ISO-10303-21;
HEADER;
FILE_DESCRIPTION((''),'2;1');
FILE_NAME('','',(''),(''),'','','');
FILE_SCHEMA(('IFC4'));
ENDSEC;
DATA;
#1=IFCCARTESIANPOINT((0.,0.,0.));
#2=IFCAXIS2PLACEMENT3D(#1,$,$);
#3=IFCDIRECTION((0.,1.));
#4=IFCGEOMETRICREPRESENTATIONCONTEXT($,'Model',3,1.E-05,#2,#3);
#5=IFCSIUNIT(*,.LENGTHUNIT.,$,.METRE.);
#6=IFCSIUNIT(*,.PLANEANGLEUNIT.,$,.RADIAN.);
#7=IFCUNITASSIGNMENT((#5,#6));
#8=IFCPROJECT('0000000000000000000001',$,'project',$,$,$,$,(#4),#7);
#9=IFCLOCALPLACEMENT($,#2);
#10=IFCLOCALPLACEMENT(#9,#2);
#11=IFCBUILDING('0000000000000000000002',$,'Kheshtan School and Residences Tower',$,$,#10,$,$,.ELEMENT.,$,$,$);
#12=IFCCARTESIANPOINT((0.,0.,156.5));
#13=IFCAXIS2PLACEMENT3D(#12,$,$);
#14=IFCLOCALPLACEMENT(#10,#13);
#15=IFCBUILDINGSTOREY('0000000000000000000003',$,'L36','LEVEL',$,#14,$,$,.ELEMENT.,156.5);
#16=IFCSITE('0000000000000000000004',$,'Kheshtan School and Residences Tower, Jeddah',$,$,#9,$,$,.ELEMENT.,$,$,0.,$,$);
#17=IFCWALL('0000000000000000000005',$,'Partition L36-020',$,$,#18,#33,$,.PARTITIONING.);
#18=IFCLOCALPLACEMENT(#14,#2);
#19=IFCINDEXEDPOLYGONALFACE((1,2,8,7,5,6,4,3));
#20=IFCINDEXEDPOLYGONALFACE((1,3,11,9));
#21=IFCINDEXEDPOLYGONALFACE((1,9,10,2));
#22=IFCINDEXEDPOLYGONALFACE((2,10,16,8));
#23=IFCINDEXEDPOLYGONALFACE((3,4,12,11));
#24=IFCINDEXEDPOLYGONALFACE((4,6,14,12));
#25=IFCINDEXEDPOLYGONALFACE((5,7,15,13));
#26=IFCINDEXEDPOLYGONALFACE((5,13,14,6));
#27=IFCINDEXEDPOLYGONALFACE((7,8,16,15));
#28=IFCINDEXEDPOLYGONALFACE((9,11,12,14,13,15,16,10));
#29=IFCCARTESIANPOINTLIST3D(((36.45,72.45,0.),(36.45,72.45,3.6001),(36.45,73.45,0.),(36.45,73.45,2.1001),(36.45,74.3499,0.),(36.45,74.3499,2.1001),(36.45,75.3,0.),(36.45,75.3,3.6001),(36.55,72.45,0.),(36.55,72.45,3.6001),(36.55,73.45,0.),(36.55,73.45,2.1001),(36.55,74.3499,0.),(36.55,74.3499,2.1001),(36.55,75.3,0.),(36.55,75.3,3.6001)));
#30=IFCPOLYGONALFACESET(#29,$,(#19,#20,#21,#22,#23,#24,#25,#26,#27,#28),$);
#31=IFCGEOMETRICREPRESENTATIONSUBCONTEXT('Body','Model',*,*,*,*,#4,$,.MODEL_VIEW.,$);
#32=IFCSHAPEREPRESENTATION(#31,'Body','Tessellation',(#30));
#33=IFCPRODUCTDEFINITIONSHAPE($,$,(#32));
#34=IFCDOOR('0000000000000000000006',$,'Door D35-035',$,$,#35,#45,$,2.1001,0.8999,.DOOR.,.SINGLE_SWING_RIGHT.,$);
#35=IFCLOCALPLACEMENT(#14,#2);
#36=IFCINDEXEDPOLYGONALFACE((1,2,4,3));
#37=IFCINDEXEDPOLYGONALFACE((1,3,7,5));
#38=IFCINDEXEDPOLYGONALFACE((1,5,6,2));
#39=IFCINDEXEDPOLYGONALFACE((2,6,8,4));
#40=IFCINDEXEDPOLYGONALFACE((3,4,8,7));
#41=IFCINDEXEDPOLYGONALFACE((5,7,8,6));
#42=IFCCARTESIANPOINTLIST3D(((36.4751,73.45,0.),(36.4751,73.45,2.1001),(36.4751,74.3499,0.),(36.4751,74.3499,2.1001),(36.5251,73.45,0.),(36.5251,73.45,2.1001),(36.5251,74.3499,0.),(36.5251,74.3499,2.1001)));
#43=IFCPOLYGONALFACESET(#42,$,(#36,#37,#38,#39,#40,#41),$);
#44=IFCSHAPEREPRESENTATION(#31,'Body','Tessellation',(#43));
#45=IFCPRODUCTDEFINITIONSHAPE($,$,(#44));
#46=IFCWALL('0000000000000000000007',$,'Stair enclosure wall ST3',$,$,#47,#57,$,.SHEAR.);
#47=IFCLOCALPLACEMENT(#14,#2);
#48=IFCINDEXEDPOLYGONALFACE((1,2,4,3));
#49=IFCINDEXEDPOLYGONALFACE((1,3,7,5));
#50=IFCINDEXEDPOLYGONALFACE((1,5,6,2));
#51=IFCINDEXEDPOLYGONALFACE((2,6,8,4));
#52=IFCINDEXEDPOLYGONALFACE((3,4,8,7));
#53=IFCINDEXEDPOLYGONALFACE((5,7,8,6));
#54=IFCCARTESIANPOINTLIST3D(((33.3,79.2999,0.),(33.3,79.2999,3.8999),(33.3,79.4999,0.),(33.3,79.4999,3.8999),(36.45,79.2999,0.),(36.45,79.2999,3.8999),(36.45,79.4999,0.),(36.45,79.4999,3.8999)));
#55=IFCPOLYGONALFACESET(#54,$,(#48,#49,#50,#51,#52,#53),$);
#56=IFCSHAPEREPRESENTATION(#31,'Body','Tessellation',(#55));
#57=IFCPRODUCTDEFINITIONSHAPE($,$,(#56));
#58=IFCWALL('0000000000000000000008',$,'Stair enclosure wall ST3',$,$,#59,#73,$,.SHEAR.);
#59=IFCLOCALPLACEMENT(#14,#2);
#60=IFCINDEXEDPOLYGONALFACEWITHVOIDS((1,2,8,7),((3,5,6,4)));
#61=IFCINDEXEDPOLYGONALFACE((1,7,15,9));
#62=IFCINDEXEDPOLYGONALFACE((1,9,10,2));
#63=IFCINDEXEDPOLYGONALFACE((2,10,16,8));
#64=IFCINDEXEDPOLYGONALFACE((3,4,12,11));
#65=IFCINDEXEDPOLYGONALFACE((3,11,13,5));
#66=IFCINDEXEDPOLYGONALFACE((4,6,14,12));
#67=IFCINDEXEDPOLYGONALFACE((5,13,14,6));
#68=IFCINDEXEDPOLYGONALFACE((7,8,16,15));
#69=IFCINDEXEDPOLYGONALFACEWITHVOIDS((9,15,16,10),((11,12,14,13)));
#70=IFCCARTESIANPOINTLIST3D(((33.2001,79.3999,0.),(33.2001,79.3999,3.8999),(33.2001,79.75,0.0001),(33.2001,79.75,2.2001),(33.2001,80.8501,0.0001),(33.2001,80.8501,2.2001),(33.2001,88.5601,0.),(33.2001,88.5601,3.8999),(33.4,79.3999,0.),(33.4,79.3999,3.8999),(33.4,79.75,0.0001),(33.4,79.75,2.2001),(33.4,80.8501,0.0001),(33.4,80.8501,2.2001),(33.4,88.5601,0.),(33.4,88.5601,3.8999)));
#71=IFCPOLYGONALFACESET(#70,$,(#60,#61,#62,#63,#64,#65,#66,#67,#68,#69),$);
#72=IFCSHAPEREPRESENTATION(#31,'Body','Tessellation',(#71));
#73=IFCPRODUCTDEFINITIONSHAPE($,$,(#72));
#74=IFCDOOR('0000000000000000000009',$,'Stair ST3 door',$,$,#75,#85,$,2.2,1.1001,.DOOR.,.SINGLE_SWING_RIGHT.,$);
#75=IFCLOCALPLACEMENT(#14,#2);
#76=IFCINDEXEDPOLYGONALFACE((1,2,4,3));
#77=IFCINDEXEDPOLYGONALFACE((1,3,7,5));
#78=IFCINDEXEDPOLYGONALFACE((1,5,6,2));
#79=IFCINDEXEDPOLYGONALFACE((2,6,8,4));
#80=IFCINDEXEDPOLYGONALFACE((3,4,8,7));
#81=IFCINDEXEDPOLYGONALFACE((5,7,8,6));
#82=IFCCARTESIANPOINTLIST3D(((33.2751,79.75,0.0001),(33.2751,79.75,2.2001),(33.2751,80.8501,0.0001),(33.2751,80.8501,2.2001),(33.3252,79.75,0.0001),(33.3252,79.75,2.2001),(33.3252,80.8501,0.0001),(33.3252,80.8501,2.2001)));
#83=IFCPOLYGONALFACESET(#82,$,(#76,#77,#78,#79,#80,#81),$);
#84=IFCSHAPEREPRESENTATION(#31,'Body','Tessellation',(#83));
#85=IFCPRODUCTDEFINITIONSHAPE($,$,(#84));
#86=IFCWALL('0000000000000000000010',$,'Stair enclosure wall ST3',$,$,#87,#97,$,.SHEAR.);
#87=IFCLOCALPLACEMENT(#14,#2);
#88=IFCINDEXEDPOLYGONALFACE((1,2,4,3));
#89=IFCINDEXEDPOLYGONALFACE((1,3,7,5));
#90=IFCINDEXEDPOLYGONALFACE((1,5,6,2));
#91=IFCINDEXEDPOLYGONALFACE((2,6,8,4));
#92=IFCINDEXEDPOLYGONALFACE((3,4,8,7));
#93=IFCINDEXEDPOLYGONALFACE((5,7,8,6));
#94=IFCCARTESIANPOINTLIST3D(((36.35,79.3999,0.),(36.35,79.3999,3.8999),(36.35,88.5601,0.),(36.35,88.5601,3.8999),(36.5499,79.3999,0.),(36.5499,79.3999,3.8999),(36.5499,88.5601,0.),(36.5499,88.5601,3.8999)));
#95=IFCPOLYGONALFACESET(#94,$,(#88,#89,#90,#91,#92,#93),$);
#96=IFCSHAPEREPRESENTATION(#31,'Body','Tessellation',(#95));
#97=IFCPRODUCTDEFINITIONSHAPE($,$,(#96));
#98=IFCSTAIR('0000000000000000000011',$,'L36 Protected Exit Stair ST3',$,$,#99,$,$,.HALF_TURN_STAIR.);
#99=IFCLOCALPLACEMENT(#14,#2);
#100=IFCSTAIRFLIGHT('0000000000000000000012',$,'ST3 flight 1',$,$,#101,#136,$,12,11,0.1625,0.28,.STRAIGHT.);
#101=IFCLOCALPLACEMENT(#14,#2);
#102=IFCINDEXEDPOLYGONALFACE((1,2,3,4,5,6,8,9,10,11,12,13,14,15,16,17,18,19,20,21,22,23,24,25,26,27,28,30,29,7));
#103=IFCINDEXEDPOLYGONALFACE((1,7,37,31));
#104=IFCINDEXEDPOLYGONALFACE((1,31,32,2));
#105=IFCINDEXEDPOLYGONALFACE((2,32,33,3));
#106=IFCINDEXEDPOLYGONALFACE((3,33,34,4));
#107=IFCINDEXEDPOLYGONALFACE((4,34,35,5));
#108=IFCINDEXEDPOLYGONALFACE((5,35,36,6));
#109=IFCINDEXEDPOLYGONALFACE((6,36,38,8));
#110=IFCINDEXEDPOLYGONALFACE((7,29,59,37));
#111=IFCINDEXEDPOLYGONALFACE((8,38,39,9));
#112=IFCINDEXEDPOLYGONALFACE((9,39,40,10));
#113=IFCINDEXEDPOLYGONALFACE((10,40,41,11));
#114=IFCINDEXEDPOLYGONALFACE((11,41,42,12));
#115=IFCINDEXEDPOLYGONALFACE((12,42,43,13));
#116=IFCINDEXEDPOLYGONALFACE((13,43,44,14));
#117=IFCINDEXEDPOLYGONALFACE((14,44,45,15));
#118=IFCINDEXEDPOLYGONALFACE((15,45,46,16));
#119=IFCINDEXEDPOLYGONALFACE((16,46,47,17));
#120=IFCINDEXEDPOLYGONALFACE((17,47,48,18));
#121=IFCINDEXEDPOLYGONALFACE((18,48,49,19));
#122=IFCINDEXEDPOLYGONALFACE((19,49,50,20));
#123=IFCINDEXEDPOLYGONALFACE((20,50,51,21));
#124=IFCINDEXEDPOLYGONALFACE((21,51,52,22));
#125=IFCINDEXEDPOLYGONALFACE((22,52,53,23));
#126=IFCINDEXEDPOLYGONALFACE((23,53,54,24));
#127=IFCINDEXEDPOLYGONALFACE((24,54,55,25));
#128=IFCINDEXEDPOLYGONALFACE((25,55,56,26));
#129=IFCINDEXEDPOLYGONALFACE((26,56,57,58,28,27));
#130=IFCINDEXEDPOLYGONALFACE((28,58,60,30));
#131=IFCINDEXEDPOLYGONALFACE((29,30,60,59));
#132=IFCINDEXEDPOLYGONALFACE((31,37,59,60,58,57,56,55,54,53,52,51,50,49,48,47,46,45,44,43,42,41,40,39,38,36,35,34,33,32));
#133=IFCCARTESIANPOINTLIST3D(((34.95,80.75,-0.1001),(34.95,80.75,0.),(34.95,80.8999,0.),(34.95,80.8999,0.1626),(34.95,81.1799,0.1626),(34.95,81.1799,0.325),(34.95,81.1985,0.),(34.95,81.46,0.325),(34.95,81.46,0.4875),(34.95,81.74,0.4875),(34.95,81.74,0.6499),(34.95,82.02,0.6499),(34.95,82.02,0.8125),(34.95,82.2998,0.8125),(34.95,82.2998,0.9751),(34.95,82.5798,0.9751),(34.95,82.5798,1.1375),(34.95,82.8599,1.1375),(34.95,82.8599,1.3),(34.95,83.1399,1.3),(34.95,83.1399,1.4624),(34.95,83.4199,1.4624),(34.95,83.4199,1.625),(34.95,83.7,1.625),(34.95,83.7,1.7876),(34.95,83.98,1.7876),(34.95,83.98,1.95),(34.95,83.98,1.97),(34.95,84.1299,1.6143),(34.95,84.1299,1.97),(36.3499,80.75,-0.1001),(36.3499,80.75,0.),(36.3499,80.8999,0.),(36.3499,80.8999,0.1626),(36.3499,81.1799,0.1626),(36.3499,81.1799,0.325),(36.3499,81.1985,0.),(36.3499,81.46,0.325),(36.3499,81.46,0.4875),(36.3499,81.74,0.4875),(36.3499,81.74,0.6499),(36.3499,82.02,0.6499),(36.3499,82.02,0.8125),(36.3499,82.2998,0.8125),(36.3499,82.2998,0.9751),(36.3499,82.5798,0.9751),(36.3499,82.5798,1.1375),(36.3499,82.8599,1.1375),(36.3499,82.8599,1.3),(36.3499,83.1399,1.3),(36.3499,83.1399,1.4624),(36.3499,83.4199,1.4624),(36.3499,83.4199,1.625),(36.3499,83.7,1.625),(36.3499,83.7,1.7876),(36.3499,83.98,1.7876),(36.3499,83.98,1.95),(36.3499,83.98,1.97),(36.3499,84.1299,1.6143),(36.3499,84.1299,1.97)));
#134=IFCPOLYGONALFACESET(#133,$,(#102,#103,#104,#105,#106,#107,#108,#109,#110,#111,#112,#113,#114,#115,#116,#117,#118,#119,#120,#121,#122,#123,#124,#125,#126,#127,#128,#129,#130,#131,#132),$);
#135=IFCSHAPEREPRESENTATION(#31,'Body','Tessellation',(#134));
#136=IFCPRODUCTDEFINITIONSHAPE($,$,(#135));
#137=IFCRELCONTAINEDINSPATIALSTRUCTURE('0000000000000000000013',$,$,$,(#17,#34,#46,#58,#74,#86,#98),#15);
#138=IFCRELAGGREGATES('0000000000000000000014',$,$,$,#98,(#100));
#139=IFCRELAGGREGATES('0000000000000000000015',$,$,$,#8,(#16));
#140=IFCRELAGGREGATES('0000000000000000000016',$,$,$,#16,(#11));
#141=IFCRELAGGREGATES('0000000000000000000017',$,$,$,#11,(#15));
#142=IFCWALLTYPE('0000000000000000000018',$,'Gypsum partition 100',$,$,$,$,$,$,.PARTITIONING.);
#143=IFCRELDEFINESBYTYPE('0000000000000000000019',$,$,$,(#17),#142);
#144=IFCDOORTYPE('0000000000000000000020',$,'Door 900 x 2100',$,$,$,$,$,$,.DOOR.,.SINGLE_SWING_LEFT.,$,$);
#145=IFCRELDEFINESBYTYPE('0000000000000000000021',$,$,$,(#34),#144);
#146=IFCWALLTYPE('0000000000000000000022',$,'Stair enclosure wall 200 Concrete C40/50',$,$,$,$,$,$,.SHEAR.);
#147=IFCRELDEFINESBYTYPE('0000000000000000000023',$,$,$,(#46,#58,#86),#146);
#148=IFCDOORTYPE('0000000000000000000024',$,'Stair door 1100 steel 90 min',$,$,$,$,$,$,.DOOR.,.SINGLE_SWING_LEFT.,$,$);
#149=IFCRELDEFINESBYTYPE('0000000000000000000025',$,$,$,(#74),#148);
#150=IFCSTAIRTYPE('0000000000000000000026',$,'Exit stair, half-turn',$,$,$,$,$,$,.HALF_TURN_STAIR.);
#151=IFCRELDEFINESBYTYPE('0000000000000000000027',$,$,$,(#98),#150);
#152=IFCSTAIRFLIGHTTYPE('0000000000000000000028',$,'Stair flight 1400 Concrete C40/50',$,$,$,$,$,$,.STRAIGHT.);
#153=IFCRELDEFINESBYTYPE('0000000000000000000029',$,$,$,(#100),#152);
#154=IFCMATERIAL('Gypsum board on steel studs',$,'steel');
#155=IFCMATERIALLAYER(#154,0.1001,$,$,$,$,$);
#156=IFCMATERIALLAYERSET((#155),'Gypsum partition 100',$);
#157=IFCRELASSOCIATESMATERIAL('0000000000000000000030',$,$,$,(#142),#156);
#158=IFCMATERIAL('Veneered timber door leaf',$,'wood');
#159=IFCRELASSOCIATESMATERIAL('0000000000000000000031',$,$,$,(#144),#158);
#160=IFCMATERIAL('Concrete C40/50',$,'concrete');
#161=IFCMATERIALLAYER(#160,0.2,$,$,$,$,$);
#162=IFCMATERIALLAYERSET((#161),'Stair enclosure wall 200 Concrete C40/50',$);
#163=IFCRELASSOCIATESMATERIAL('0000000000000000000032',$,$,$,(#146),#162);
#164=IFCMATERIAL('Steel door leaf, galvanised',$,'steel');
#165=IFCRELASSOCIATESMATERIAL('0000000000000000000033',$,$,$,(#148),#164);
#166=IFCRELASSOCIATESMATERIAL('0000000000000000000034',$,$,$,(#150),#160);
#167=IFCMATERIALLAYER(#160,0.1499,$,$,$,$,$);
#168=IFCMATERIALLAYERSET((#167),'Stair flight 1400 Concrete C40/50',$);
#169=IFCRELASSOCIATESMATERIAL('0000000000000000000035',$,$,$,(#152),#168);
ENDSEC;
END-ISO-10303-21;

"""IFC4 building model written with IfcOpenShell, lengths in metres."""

from ifc_helpers import new_model, si_unit, direction, frame, frame_2d, origin, place, context, subcontext, project, spatial, polyline, rectangle, outline, extrude, source, transform, mapped, material, layer, layer_set, type_object, element, fill, aggregate, save


model = new_model("IFC4")

# Units and contexts
model_context = context("Model", 3, precision=1e-05, world=origin(), true_north=direction((0.0, 1.0)))
body_context = subcontext(model_context, "Body", "Model", "MODEL_VIEW")
ifc_project = project(units=[si_unit("LENGTHUNIT", "METRE"), si_unit("PLANEANGLEUNIT", "RADIAN")], contexts=[model_context])

# Site, building, storey
site_placement = place(None, origin())
site = spatial("IfcSite", under=ifc_project, at=site_placement, Name="Kheshtan School and Residences Tower, Jeddah", CompositionType="ELEMENT", RefElevation=0.0)
building_placement = place(site_placement, origin())
building = spatial("IfcBuilding", under=site, at=building_placement, Name="Kheshtan School and Residences Tower", CompositionType="ELEMENT")
storey_placement = place(building_placement, frame((0.0, 0.0, 156.5)))
storey = spatial("IfcBuildingStorey", under=building, at=storey_placement, Name="L36", Description="LEVEL", CompositionType="ELEMENT", Elevation=156.5)

# Wall, opening, door
ifc_material_1 = material(Name="Gypsum board on steel studs", Category="steel")
ifc_layer_1 = layer(ifc_material_1, 0.1001)
ifc_layer_set_1 = layer_set([ifc_layer_1], Name="Gypsum partition 100")
wall_type_1 = type_object("IfcWallType", Name="Gypsum partition 100", PredefinedType="PARTITIONING", material=ifc_layer_set_1)
wall_1_placement = place(storey_placement, frame((36.5, 72.45, 0.0), z_axis=(0.0, 0.0, 1.0), x_axis=(0.0, 1.0, 0.0)))
wall_1 = element("IfcWall", 1, at=wall_1_placement, inside=storey, type_object=wall_type_1, Name="Partition L36-020", PredefinedType="PARTITIONING", context=body_context, shape_type="SweptSolid", body=[
    extrude(rectangle(XDim=2.8501, YDim=0.1001, at=frame_2d((1.425, 0.0))), origin(), (0.0, 0.0, 1.0), 3.6001),
])
opening_1_placement = place(wall_1_placement, frame((1.0, 0.0, 0.0)))
opening_1 = element("IfcOpeningElement", 2, at=opening_1_placement, cuts=wall_1, PredefinedType="OPENING", context=body_context, shape_type="SweptSolid", body=[
    extrude(rectangle(XDim=0.8999, YDim=2.1001, at=frame_2d((0.45, 1.05))), frame((0.0, 0.0601, 0.0), z_axis=(0.0, -1.0, 0.0), x_axis=(1.0, 0.0, 0.0)), (0.0, 0.0, 1.0), 0.1201),
])
ifc_material_2 = material(Name="Veneered timber door leaf", Category="wood")
door_type_1 = type_object("IfcDoorType", Name="Door 900 x 2100", OperationType="SINGLE_SWING_LEFT", PredefinedType="DOOR", material=ifc_material_2)
shared_shape_1 = source(origin(), body_context, "Body", "SweptSolid", [
    extrude(rectangle(XDim=0.8999, YDim=2.1001, at=frame_2d((0.45, 1.05))), frame((0.0, 0.0249, 0.0), z_axis=(0.0, -1.0, 0.0), x_axis=(1.0, 0.0, 0.0)), (0.0, 0.0, 1.0), 0.05),
])
door_1_placement = place(opening_1_placement, origin())
door_1 = element("IfcDoor", 3, at=door_1_placement, inside=storey, type_object=door_type_1, Name="Door D35-035", OperationType="SINGLE_SWING_RIGHT", OverallHeight=2.1001, OverallWidth=0.8999, PredefinedType="DOOR", context=body_context, shape_type="MappedRepresentation", body=[
    mapped(shared_shape_1, transform((0.0, 0.0, 0.0), x_axis=(1.0, 0.0, 0.0), y_axis=(0.0, 1.0, 0.0), z_axis=(0.0, 0.0, 1.0), scale=1.0)),
])
fill(opening_1, door_1)

# Wall
ifc_material_3 = material(Name="Concrete C40/50", Category="concrete")
ifc_layer_2 = layer(ifc_material_3, 0.2)
ifc_layer_set_2 = layer_set([ifc_layer_2], Name="Stair enclosure wall 200 Concrete C40/50")
wall_type_2 = type_object("IfcWallType", Name="Stair enclosure wall 200 Concrete C40/50", PredefinedType="SHEAR", material=ifc_layer_set_2)
wall_2_placement = place(storey_placement, frame((33.3, 79.3999, 0.0), z_axis=(0.0, 0.0, 1.0), x_axis=(1.0, 0.0, 0.0)))
element("IfcWall", 4, at=wall_2_placement, inside=storey, type_object=wall_type_2, Name="Stair enclosure wall ST3", PredefinedType="SHEAR", context=body_context, shape_type="SweptSolid", body=[
    extrude(rectangle(XDim=3.1499, YDim=0.2, at=frame_2d((1.575, 0.0))), origin(), (0.0, 0.0, 1.0), 3.8999),
])

# Wall, opening, door
wall_3_placement = place(storey_placement, frame((33.3, 79.3999, 0.0), z_axis=(0.0, 0.0, 1.0), x_axis=(0.0, 1.0, 0.0)))
wall_3 = element("IfcWall", 5, at=wall_3_placement, inside=storey, type_object=wall_type_2, Name="Stair enclosure wall ST3", PredefinedType="SHEAR", context=body_context, shape_type="SweptSolid", body=[
    extrude(rectangle(XDim=9.1602, YDim=0.2, at=frame_2d((4.5801, 0.0))), origin(), (0.0, 0.0, 1.0), 3.8999),
])
opening_2_placement = place(wall_3_placement, frame((0.3501, 0.0, 0.0)))
opening_2 = element("IfcOpeningElement", 6, at=opening_2_placement, cuts=wall_3, PredefinedType="OPENING", context=body_context, shape_type="SweptSolid", body=[
    extrude(rectangle(XDim=1.1001, YDim=2.2, at=frame_2d((0.55, 1.1001))), frame((0.0, 0.1099, 0.0), z_axis=(0.0, -1.0, 0.0), x_axis=(1.0, 0.0, 0.0)), (0.0, 0.0, 1.0), 0.22),
])
ifc_material_4 = material(Name="Steel door leaf, galvanised", Category="steel")
door_type_2 = type_object("IfcDoorType", Name="Stair door 1100 steel 90 min", OperationType="SINGLE_SWING_LEFT", PredefinedType="DOOR", material=ifc_material_4)
shared_shape_2 = source(origin(), body_context, "Body", "SweptSolid", [
    extrude(rectangle(XDim=1.1001, YDim=2.2, at=frame_2d((0.55, 1.1001))), frame((0.0, 0.0249, 0.0), z_axis=(0.0, -1.0, 0.0), x_axis=(1.0, 0.0, 0.0)), (0.0, 0.0, 1.0), 0.05),
])
door_2_placement = place(opening_2_placement, origin())
door_2 = element("IfcDoor", 7, at=door_2_placement, inside=storey, type_object=door_type_2, Name="Stair ST3 door", OperationType="SINGLE_SWING_RIGHT", OverallHeight=2.2, OverallWidth=1.1001, PredefinedType="DOOR", context=body_context, shape_type="MappedRepresentation", body=[
    mapped(shared_shape_2, transform((0.0, 0.0, 0.0), x_axis=(1.0, 0.0, 0.0), y_axis=(0.0, 1.0, 0.0), z_axis=(0.0, 0.0, 1.0), scale=1.0)),
])
fill(opening_2, door_2)

# Wall
wall_4_placement = place(storey_placement, frame((36.45, 79.3999, 0.0), z_axis=(0.0, 0.0, 1.0), x_axis=(0.0, 1.0, 0.0)))
element("IfcWall", 8, at=wall_4_placement, inside=storey, type_object=wall_type_2, Name="Stair enclosure wall ST3", PredefinedType="SHEAR", context=body_context, shape_type="SweptSolid", body=[
    extrude(rectangle(XDim=9.1602, YDim=0.2, at=frame_2d((4.5801, 0.0))), origin(), (0.0, 0.0, 1.0), 3.8999),
])

# Stair, stair flight
stair_type = type_object("IfcStairType", Name="Exit stair, half-turn", PredefinedType="HALF_TURN_STAIR", material=ifc_material_3)
stair_placement = place(storey_placement, origin())
stair = element("IfcStair", 9, at=stair_placement, inside=storey, type_object=stair_type, Name="L36 Protected Exit Stair ST3", PredefinedType="HALF_TURN_STAIR")
ifc_layer_3 = layer(ifc_material_3, 0.1499)
ifc_layer_set_3 = layer_set([ifc_layer_3], Name="Stair flight 1400 Concrete C40/50")
stair_flight_type = type_object("IfcStairFlightType", Name="Stair flight 1400 Concrete C40/50", PredefinedType="STRAIGHT", material=ifc_layer_set_3)
stair_flight_1_placement = place(storey_placement, frame((35.6499, 80.8999, 0.0), z_axis=(0.0, 0.0, 1.0), x_axis=(0.0, 1.0, 0.0)))
stair_flight_1 = element("IfcStairFlight", 10, at=stair_flight_1_placement, type_object=stair_flight_type, Name="ST3 flight 1", NumberOfRisers=12, NumberOfTreads=11, PredefinedType="STRAIGHT", RiserHeight=0.1625, TreadLength=0.28, context=body_context, shape_type="SweptSolid", body=[
    extrude(outline(polyline([(-0.1499, -0.1001), (-0.1499, 0.0), (0.0, 0.0), (0.0, 0.1626), (0.28, 0.1626), (0.28, 0.325), (0.5601, 0.325), (0.5601, 0.4875), (0.8401, 0.4875), (0.8401, 0.6499), (1.1201, 0.6499), (1.1201, 0.8125), (1.3999, 0.8125), (1.3999, 0.9751), (1.6799, 0.9751), (1.6799, 1.1375), (1.96, 1.1375), (1.96, 1.3), (2.24, 1.3), (2.24, 1.4624), (2.52, 1.4624), (2.52, 1.625), (2.8, 1.625), (2.8, 1.7876), (3.0801, 1.7876), (3.0801, 1.95), (3.0801, 1.97), (3.23, 1.97), (3.23, 1.6143), (0.2986, 0.0), (-0.1499, -0.1001)])), frame((0.0, 0.7, 0.0), z_axis=(0.0, -1.0, 0.0), x_axis=(1.0, 0.0, 0.0)), (0.0, 0.0, 1.0), 1.3999),
])
aggregate(stair, [stair_flight_1])

save(model, "model.ifc")
